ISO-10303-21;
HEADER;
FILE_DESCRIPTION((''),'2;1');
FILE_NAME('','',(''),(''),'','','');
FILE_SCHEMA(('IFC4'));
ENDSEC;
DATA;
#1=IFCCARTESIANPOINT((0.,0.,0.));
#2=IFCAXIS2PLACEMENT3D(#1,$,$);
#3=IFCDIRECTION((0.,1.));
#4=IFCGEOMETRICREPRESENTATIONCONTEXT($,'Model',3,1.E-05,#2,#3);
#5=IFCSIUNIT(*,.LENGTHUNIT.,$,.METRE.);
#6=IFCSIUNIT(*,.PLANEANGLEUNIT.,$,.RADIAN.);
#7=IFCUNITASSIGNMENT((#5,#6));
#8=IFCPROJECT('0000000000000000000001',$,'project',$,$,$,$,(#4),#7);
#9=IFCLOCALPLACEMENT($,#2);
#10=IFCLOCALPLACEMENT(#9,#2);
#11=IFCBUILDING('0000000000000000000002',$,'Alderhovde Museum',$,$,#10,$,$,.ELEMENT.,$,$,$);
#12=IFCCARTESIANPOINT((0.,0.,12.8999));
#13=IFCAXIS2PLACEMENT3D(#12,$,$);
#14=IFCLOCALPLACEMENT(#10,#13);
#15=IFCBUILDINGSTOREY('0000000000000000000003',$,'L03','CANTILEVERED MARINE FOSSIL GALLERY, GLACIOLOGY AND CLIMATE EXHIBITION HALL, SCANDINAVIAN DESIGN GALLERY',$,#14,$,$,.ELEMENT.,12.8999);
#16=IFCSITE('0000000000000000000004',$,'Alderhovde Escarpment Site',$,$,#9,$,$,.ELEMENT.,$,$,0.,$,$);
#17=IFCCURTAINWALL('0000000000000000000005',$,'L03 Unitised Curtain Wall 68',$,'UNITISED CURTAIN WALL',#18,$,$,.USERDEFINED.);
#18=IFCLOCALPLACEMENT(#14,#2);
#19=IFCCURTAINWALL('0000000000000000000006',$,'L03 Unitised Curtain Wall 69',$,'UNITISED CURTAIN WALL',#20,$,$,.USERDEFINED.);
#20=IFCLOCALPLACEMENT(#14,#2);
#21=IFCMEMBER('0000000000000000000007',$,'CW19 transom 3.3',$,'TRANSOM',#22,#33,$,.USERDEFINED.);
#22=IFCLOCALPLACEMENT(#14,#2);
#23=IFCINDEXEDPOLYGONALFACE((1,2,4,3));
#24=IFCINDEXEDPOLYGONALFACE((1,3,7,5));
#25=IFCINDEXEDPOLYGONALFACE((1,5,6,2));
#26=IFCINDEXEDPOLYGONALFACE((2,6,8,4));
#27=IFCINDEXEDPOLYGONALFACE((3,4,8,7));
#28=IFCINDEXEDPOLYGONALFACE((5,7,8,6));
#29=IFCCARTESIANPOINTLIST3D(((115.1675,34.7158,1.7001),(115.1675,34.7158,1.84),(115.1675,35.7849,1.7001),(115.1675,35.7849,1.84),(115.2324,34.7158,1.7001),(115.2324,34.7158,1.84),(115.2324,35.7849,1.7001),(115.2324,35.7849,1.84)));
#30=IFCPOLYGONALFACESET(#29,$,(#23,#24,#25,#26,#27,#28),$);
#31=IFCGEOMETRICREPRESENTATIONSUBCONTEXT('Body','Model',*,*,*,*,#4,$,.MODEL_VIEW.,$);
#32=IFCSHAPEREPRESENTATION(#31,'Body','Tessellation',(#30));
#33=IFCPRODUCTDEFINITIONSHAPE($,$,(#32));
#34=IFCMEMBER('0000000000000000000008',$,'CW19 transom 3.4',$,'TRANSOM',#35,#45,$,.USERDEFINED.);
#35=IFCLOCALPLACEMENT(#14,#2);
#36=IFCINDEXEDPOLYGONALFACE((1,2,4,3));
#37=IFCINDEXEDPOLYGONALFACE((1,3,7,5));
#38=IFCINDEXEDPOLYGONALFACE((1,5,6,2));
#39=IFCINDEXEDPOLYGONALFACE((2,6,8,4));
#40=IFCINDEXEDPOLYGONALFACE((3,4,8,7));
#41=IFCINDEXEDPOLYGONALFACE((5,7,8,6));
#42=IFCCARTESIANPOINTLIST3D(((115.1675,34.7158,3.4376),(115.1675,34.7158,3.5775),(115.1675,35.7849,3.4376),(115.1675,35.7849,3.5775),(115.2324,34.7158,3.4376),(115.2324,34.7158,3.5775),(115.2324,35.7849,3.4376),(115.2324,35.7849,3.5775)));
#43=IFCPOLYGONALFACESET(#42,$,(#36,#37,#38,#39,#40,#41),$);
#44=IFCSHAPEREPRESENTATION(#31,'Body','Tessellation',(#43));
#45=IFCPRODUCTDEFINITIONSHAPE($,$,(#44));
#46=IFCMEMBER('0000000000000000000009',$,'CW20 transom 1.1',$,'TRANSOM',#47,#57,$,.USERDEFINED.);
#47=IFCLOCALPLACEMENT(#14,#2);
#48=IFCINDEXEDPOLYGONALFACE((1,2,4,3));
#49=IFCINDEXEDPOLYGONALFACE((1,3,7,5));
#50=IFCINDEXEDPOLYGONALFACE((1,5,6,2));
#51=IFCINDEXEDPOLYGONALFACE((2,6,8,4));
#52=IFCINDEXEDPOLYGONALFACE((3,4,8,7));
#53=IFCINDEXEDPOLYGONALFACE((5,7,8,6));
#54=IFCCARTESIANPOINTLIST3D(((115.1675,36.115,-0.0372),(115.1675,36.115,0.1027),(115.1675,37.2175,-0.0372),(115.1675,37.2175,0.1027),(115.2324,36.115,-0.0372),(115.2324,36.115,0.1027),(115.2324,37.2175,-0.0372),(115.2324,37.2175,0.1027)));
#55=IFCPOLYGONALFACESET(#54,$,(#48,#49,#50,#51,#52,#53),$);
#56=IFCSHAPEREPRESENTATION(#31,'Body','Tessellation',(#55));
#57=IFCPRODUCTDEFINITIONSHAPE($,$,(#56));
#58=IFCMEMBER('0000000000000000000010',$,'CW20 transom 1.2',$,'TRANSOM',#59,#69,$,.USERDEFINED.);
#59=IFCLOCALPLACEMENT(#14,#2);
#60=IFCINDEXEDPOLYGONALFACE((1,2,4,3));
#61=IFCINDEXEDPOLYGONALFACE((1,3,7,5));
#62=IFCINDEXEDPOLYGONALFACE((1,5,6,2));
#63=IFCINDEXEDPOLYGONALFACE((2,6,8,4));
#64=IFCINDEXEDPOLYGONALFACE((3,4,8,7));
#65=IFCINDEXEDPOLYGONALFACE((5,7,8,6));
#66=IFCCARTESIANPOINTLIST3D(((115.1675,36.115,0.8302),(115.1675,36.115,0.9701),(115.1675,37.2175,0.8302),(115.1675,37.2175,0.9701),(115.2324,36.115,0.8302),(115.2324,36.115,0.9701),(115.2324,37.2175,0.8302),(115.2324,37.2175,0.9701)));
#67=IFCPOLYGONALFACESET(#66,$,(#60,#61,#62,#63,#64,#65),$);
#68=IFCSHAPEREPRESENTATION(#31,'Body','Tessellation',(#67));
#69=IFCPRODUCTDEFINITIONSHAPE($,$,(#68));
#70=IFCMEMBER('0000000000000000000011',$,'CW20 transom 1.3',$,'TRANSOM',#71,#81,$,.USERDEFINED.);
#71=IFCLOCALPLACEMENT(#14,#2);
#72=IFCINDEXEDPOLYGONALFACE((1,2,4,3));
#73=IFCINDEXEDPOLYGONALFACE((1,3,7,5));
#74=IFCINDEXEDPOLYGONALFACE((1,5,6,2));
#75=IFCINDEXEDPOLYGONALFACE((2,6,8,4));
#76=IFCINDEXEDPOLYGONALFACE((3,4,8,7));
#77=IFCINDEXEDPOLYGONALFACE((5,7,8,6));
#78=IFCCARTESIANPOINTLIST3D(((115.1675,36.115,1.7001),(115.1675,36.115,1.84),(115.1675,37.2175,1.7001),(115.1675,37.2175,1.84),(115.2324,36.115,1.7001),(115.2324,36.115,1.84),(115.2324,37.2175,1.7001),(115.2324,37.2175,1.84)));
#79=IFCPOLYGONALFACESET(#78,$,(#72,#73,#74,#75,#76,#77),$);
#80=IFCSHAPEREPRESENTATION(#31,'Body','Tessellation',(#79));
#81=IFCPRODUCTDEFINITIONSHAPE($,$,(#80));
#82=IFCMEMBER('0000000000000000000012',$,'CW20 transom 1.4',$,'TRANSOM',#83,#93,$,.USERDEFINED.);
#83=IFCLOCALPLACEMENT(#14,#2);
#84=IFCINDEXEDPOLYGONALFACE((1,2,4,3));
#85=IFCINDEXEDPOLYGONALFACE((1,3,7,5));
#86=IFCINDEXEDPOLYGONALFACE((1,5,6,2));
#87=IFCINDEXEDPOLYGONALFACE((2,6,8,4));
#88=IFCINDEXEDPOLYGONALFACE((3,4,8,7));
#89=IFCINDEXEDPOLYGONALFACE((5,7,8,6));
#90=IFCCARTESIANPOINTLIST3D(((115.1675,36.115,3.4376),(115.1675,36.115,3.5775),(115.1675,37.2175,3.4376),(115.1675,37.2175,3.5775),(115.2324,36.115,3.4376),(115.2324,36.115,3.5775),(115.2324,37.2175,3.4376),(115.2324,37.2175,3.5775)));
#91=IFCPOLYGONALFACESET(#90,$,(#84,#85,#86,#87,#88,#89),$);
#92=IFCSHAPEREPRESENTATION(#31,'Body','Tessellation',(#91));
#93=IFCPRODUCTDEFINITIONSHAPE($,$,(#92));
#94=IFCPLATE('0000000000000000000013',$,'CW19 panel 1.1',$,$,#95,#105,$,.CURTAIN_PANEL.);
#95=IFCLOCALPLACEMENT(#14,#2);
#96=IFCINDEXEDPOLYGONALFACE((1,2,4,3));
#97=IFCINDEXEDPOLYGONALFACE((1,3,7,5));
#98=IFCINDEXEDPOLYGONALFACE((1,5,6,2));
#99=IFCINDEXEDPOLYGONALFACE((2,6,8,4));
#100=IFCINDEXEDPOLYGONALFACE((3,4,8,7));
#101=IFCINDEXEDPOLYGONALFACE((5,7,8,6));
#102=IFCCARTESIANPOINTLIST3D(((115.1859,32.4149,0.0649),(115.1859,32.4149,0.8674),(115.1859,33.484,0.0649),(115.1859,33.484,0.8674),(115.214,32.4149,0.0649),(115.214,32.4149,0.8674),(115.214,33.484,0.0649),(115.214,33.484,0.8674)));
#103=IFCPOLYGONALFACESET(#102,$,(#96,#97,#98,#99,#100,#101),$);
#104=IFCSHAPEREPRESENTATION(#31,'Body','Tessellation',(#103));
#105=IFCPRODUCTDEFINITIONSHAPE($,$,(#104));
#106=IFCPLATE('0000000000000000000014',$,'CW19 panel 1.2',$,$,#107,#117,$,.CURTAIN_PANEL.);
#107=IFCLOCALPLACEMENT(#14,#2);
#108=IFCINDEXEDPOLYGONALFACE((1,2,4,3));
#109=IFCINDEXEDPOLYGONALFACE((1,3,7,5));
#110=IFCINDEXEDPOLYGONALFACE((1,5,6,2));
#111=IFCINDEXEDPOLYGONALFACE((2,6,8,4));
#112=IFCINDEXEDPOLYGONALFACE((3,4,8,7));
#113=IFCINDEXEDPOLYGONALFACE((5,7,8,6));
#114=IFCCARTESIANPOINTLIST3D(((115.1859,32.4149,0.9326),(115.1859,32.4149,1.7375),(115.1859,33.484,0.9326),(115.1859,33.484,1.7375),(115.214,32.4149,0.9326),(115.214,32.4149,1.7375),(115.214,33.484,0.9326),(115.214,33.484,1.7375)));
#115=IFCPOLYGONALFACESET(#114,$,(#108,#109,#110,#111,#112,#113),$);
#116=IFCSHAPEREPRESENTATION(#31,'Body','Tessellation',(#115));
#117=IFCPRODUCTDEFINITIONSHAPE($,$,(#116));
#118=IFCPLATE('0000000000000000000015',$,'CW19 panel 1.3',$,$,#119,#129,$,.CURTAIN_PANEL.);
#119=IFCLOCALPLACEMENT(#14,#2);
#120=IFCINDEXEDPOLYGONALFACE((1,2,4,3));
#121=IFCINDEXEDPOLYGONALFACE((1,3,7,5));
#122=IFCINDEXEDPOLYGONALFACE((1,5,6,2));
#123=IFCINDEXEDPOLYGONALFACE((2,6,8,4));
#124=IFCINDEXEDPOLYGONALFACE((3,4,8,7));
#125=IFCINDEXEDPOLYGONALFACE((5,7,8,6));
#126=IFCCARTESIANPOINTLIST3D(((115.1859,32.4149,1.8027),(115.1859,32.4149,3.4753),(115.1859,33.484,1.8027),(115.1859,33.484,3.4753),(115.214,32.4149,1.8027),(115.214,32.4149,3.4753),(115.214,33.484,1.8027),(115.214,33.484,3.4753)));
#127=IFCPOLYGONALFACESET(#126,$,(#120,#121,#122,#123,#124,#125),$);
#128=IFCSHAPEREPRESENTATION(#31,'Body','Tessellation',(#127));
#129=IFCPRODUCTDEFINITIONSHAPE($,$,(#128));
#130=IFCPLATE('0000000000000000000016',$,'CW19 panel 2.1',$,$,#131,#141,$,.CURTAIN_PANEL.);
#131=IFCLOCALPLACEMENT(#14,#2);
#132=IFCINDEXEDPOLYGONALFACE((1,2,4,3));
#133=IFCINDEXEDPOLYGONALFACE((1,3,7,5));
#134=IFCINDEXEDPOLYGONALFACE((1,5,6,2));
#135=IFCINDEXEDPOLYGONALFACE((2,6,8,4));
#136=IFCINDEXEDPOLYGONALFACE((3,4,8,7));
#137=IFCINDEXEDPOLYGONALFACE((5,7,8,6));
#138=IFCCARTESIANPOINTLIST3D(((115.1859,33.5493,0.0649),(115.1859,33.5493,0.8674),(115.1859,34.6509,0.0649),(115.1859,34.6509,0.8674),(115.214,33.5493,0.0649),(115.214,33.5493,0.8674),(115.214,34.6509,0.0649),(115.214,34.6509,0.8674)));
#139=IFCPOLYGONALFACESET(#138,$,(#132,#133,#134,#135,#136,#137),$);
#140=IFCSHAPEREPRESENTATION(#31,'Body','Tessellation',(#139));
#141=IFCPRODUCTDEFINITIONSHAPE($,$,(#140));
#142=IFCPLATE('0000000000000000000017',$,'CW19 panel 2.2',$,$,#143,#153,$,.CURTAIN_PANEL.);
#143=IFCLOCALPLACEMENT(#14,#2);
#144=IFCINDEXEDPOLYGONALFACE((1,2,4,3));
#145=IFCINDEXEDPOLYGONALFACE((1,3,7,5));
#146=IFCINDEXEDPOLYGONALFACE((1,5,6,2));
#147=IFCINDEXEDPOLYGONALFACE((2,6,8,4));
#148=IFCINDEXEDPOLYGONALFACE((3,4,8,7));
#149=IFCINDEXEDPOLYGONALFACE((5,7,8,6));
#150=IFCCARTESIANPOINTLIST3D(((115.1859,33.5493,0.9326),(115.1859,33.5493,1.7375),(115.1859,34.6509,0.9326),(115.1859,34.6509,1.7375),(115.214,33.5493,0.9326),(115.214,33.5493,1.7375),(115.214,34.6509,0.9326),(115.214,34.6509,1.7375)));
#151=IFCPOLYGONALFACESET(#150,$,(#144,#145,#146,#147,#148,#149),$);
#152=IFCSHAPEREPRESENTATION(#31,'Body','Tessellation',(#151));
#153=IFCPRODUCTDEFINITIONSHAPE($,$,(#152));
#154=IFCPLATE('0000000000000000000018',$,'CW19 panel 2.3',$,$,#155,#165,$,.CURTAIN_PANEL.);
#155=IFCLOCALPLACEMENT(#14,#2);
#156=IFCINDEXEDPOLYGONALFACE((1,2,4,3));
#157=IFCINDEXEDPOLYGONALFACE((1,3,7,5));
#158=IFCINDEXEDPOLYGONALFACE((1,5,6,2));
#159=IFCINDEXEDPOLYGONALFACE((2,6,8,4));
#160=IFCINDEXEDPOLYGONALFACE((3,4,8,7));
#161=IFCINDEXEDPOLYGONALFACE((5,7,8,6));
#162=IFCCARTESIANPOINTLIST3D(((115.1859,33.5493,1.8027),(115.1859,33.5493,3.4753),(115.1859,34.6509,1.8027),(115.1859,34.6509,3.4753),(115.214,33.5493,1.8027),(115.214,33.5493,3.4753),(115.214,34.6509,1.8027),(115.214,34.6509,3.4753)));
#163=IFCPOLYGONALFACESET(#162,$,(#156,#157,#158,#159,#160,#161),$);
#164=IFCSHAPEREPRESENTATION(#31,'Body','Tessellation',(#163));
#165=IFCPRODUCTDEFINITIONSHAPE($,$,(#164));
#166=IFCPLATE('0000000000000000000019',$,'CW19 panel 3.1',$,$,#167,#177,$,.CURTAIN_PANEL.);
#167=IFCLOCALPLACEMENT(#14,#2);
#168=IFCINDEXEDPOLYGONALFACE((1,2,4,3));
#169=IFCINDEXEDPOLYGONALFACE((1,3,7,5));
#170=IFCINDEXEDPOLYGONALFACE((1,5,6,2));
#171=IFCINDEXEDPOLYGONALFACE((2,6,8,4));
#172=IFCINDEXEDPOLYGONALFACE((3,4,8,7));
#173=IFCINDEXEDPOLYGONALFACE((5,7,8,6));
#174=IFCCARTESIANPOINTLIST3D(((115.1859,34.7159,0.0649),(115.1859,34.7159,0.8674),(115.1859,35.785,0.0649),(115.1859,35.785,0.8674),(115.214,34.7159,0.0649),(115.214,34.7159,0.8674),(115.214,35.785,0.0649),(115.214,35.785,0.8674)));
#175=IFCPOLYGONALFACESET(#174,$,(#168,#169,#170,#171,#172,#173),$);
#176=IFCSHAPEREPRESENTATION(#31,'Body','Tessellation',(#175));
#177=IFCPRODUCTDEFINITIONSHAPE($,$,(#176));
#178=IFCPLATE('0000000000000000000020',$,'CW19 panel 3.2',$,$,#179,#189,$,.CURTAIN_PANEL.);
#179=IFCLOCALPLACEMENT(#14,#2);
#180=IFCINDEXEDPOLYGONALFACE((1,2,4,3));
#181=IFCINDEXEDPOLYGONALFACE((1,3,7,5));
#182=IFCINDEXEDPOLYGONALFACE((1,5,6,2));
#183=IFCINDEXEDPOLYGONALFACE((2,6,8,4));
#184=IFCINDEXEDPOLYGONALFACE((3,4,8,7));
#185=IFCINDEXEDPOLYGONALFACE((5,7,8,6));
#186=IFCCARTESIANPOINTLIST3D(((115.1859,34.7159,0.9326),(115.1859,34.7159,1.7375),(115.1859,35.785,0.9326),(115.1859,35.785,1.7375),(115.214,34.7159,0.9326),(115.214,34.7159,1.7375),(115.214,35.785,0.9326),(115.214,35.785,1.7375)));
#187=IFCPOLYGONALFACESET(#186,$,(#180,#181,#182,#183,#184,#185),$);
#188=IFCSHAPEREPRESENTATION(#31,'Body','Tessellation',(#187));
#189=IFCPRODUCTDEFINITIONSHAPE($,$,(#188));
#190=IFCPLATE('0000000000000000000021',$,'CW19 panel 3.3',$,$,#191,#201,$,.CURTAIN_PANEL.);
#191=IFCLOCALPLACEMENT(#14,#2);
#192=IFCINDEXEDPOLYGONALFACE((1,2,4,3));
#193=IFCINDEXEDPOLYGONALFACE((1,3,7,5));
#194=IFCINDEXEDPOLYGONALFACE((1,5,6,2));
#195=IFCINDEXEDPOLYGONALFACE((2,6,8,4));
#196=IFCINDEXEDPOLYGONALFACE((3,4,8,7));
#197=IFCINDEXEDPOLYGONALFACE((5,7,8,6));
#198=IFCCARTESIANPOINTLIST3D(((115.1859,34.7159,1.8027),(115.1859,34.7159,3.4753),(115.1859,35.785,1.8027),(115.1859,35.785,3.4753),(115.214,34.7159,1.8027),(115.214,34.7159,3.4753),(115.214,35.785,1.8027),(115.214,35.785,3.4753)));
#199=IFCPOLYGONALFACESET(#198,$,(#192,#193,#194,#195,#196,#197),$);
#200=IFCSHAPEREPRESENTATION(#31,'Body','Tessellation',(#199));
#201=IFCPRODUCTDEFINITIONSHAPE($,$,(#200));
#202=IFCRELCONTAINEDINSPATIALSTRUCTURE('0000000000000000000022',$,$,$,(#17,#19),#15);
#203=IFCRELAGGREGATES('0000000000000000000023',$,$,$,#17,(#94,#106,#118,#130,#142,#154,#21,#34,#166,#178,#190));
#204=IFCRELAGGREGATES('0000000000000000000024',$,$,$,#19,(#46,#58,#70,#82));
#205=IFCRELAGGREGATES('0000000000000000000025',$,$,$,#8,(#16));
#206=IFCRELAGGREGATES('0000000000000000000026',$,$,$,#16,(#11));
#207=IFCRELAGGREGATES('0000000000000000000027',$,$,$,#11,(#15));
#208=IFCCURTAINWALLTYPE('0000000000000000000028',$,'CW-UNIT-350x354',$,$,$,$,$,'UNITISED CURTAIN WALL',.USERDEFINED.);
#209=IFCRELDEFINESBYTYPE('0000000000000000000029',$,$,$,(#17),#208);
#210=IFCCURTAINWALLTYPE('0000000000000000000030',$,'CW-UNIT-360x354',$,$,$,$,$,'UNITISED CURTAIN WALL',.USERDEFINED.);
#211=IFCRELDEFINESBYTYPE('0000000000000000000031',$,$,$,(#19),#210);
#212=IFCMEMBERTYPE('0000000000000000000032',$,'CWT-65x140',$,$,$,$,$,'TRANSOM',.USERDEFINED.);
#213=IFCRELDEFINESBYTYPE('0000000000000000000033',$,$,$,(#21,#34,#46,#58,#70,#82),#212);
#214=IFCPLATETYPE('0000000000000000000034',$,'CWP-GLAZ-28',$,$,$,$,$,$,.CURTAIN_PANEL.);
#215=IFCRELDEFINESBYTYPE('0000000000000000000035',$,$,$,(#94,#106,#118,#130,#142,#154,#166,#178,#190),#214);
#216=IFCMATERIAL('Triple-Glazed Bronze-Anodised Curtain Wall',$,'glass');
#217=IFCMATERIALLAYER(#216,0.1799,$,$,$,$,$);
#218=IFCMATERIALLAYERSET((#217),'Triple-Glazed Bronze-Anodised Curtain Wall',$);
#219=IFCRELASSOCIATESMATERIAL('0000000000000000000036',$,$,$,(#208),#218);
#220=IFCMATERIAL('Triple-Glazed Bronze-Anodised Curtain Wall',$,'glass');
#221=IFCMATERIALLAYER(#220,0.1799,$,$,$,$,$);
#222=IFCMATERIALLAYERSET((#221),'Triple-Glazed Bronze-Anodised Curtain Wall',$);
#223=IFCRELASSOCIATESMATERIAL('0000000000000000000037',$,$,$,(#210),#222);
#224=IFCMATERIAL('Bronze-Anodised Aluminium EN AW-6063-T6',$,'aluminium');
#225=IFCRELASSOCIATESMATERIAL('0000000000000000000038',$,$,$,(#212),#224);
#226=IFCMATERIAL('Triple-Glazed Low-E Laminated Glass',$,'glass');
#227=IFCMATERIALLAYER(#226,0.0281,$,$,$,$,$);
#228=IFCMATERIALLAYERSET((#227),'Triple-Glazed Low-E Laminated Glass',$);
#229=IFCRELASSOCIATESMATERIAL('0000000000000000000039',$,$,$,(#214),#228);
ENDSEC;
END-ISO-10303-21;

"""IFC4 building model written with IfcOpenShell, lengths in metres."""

from ifc_helpers import new_model, si_unit, direction, frame, origin, origin_2d, place, context, subcontext, project, spatial, rectangle, extrude, material, layer, layer_set, material_profile, profile_set, type_object, element, aggregate, save


model = new_model("IFC4")

# Units and contexts
model_context = context("Model", 3, precision=1e-05, world=origin(), true_north=direction((0.0, 1.0)))
body_context = subcontext(model_context, "Body", "Model", "MODEL_VIEW")
ifc_project = project(units=[si_unit("LENGTHUNIT", "METRE"), si_unit("PLANEANGLEUNIT", "RADIAN")], contexts=[model_context])

# Site, building, storey
site_placement = place(None, origin())
site = spatial("IfcSite", under=ifc_project, at=site_placement, Name="Alderhovde Escarpment Site", CompositionType="ELEMENT", RefElevation=0.0)
building_placement = place(site_placement, origin())
building = spatial("IfcBuilding", under=site, at=building_placement, Name="Alderhovde Museum", CompositionType="ELEMENT")
storey_placement = place(building_placement, frame((0.0, 0.0, 12.8999)))
storey = spatial("IfcBuildingStorey", under=building, at=storey_placement, Name="L03", Description="CANTILEVERED MARINE FOSSIL GALLERY, GLACIOLOGY AND CLIMATE EXHIBITION HALL, SCANDINAVIAN DESIGN GALLERY", CompositionType="ELEMENT", Elevation=12.8999)

# Curtain wall
ifc_material_1 = material(Name="Triple-Glazed Bronze-Anodised Curtain Wall", Category="glass")
ifc_layer_1 = layer(ifc_material_1, 0.1799)
ifc_layer_set_1 = layer_set([ifc_layer_1], Name="Triple-Glazed Bronze-Anodised Curtain Wall")
curtain_wall_type_1 = type_object("IfcCurtainWallType", Name="CW-UNIT-350x354", ElementType="UNITISED CURTAIN WALL", PredefinedType="USERDEFINED", material=ifc_layer_set_1)
curtain_wall_1_placement = place(storey_placement, origin())
curtain_wall_1 = element("IfcCurtainWall", 1, at=curtain_wall_1_placement, inside=storey, type_object=curtain_wall_type_1, Name="L03 Unitised Curtain Wall 68", ObjectType="UNITISED CURTAIN WALL", PredefinedType="USERDEFINED")

# Curtain wall
ifc_material_2 = material(Name="Triple-Glazed Bronze-Anodised Curtain Wall", Category="glass")
ifc_layer_2 = layer(ifc_material_2, 0.1799)
ifc_layer_set_2 = layer_set([ifc_layer_2], Name="Triple-Glazed Bronze-Anodised Curtain Wall")
curtain_wall_type_2 = type_object("IfcCurtainWallType", Name="CW-UNIT-360x354", ElementType="UNITISED CURTAIN WALL", PredefinedType="USERDEFINED", material=ifc_layer_set_2)
curtain_wall_2_placement = place(storey_placement, origin())
curtain_wall_2 = element("IfcCurtainWall", 2, at=curtain_wall_2_placement, inside=storey, type_object=curtain_wall_type_2, Name="L03 Unitised Curtain Wall 69", ObjectType="UNITISED CURTAIN WALL", PredefinedType="USERDEFINED")

# Members
ifc_material_3 = material(Name="Bronze-Anodised Aluminium EN AW-6063-T6", Category="aluminium")
ifc_material_profile_1 = material_profile(ifc_material_3, rectangle(XDim=0.0649, YDim=0.1399, at=origin_2d()), Name="TRANSOM 65x140")
ifc_profile_set_1 = profile_set([ifc_material_profile_1], Name="Bronze-Anodised Aluminium EN AW-6063-T6")
member_type_1 = type_object("IfcMemberType", Name="CWT-65x140", ElementType="TRANSOM", PredefinedType="USERDEFINED", material=ifc_profile_set_1)
member_1_placement = place(storey_placement, frame((115.2, 34.7158, 1.77), z_axis=(0.0, 1.0, 0.0), x_axis=(-1.0, 0.0, 0.0)))
member_1 = element("IfcMember", 3, at=member_1_placement, type_object=member_type_1, Name="CW19 transom 3.3", ObjectType="TRANSOM", PredefinedType="USERDEFINED", context=body_context, shape_type="SweptSolid", body=[
    extrude(rectangle(XDim=0.0649, YDim=0.1399, at=origin_2d()), origin(), (0.0, 0.0, 1.0), 1.0691),
])
member_2_placement = place(storey_placement, frame((115.2, 34.7158, 3.5076), z_axis=(0.0, 1.0, 0.0), x_axis=(-1.0, 0.0, 0.0)))
member_2 = element("IfcMember", 4, at=member_2_placement, type_object=member_type_1, Name="CW19 transom 3.4", ObjectType="TRANSOM", PredefinedType="USERDEFINED", context=body_context, shape_type="SweptSolid", body=[
    extrude(rectangle(XDim=0.0649, YDim=0.1399, at=origin_2d()), origin(), (0.0, 0.0, 1.0), 1.0691),
])
member_3_placement = place(storey_placement, frame((115.2, 36.115, 0.0327), z_axis=(0.0, 1.0, 0.0), x_axis=(-1.0, 0.0, 0.0)))
member_3 = element("IfcMember", 5, at=member_3_placement, type_object=member_type_1, Name="CW20 transom 1.1", ObjectType="TRANSOM", PredefinedType="USERDEFINED", context=body_context, shape_type="SweptSolid", body=[
    extrude(rectangle(XDim=0.0649, YDim=0.1399, at=origin_2d()), origin(), (0.0, 0.0, 1.0), 1.1025),
])
member_4_placement = place(storey_placement, frame((115.2, 36.115, 0.9001), z_axis=(0.0, 1.0, 0.0), x_axis=(-1.0, 0.0, 0.0)))
member_4 = element("IfcMember", 6, at=member_4_placement, type_object=member_type_1, Name="CW20 transom 1.2", ObjectType="TRANSOM", PredefinedType="USERDEFINED", context=body_context, shape_type="SweptSolid", body=[
    extrude(rectangle(XDim=0.0649, YDim=0.1399, at=origin_2d()), origin(), (0.0, 0.0, 1.0), 1.1025),
])
member_5_placement = place(storey_placement, frame((115.2, 36.115, 1.77), z_axis=(0.0, 1.0, 0.0), x_axis=(-1.0, 0.0, 0.0)))
member_5 = element("IfcMember", 7, at=member_5_placement, type_object=member_type_1, Name="CW20 transom 1.3", ObjectType="TRANSOM", PredefinedType="USERDEFINED", context=body_context, shape_type="SweptSolid", body=[
    extrude(rectangle(XDim=0.0649, YDim=0.1399, at=origin_2d()), origin(), (0.0, 0.0, 1.0), 1.1025),
])
member_6_placement = place(storey_placement, frame((115.2, 36.115, 3.5076), z_axis=(0.0, 1.0, 0.0), x_axis=(-1.0, 0.0, 0.0)))
member_6 = element("IfcMember", 8, at=member_6_placement, type_object=member_type_1, Name="CW20 transom 1.4", ObjectType="TRANSOM", PredefinedType="USERDEFINED", context=body_context, shape_type="SweptSolid", body=[
    extrude(rectangle(XDim=0.0649, YDim=0.1399, at=origin_2d()), origin(), (0.0, 0.0, 1.0), 1.1025),
])

# Plates
ifc_material_4 = material(Name="Triple-Glazed Low-E Laminated Glass", Category="glass")
ifc_layer_3 = layer(ifc_material_4, 0.0281)
ifc_layer_set_3 = layer_set([ifc_layer_3], Name="Triple-Glazed Low-E Laminated Glass")
plate_type_1 = type_object("IfcPlateType", Name="CWP-GLAZ-28", PredefinedType="CURTAIN_PANEL", material=ifc_layer_set_3)
plate_1_placement = place(storey_placement, frame((115.2, 32.9495, 0.0649), z_axis=(0.0, 0.0, 1.0), x_axis=(0.0, 1.0, 0.0)))
plate_1 = element("IfcPlate", 9, at=plate_1_placement, type_object=plate_type_1, Name="CW19 panel 1.1", PredefinedType="CURTAIN_PANEL", context=body_context, shape_type="SweptSolid", body=[
    extrude(rectangle(XDim=1.0691, YDim=0.0281, at=origin_2d()), origin(), (0.0, 0.0, 1.0), 0.8025),
])
plate_2_placement = place(storey_placement, frame((115.2, 32.9495, 0.9326), z_axis=(0.0, 0.0, 1.0), x_axis=(0.0, 1.0, 0.0)))
plate_2 = element("IfcPlate", 10, at=plate_2_placement, type_object=plate_type_1, Name="CW19 panel 1.2", PredefinedType="CURTAIN_PANEL", context=body_context, shape_type="SweptSolid", body=[
    extrude(rectangle(XDim=1.0691, YDim=0.0281, at=origin_2d()), origin(), (0.0, 0.0, 1.0), 0.8049),
])
plate_3_placement = place(storey_placement, frame((115.2, 32.9495, 1.8027), z_axis=(0.0, 0.0, 1.0), x_axis=(0.0, 1.0, 0.0)))
plate_3 = element("IfcPlate", 11, at=plate_3_placement, type_object=plate_type_1, Name="CW19 panel 1.3", PredefinedType="CURTAIN_PANEL", context=body_context, shape_type="SweptSolid", body=[
    extrude(rectangle(XDim=1.0691, YDim=0.0281, at=origin_2d()), origin(), (0.0, 0.0, 1.0), 1.6726),
])
plate_4_placement = place(storey_placement, frame((115.2, 34.1001, 0.0649), z_axis=(0.0, 0.0, 1.0), x_axis=(0.0, 1.0, 0.0)))
plate_4 = element("IfcPlate", 12, at=plate_4_placement, type_object=plate_type_1, Name="CW19 panel 2.1", PredefinedType="CURTAIN_PANEL", context=body_context, shape_type="SweptSolid", body=[
    extrude(rectangle(XDim=1.1016, YDim=0.0281, at=origin_2d()), origin(), (0.0, 0.0, 1.0), 0.8025),
])
plate_5_placement = place(storey_placement, frame((115.2, 34.1001, 0.9326), z_axis=(0.0, 0.0, 1.0), x_axis=(0.0, 1.0, 0.0)))
plate_5 = element("IfcPlate", 13, at=plate_5_placement, type_object=plate_type_1, Name="CW19 panel 2.2", PredefinedType="CURTAIN_PANEL", context=body_context, shape_type="SweptSolid", body=[
    extrude(rectangle(XDim=1.1016, YDim=0.0281, at=origin_2d()), origin(), (0.0, 0.0, 1.0), 0.8049),
])
plate_6_placement = place(storey_placement, frame((115.2, 34.1001, 1.8027), z_axis=(0.0, 0.0, 1.0), x_axis=(0.0, 1.0, 0.0)))
plate_6 = element("IfcPlate", 14, at=plate_6_placement, type_object=plate_type_1, Name="CW19 panel 2.3", PredefinedType="CURTAIN_PANEL", context=body_context, shape_type="SweptSolid", body=[
    extrude(rectangle(XDim=1.1016, YDim=0.0281, at=origin_2d()), origin(), (0.0, 0.0, 1.0), 1.6726),
])
plate_7_placement = place(storey_placement, frame((115.2, 35.2505, 0.0649), z_axis=(0.0, 0.0, 1.0), x_axis=(0.0, 1.0, 0.0)))
plate_7 = element("IfcPlate", 15, at=plate_7_placement, type_object=plate_type_1, Name="CW19 panel 3.1", PredefinedType="CURTAIN_PANEL", context=body_context, shape_type="SweptSolid", body=[
    extrude(rectangle(XDim=1.0691, YDim=0.0281, at=origin_2d()), origin(), (0.0, 0.0, 1.0), 0.8025),
])
plate_8_placement = place(storey_placement, frame((115.2, 35.2505, 0.9326), z_axis=(0.0, 0.0, 1.0), x_axis=(0.0, 1.0, 0.0)))
plate_8 = element("IfcPlate", 16, at=plate_8_placement, type_object=plate_type_1, Name="CW19 panel 3.2", PredefinedType="CURTAIN_PANEL", context=body_context, shape_type="SweptSolid", body=[
    extrude(rectangle(XDim=1.0691, YDim=0.0281, at=origin_2d()), origin(), (0.0, 0.0, 1.0), 0.8049),
])
plate_9_placement = place(storey_placement, frame((115.2, 35.2505, 1.8027), z_axis=(0.0, 0.0, 1.0), x_axis=(0.0, 1.0, 0.0)))
plate_9 = element("IfcPlate", 17, at=plate_9_placement, type_object=plate_type_1, Name="CW19 panel 3.3", PredefinedType="CURTAIN_PANEL", context=body_context, shape_type="SweptSolid", body=[
    extrude(rectangle(XDim=1.0691, YDim=0.0281, at=origin_2d()), origin(), (0.0, 0.0, 1.0), 1.6726),
])
aggregate(curtain_wall_1, [plate_1, plate_2, plate_3, plate_4, plate_5, plate_6, member_1, member_2, plate_7, plate_8, plate_9])
aggregate(curtain_wall_2, [member_3, member_4, member_5, member_6])

save(model, "model.ifc")
